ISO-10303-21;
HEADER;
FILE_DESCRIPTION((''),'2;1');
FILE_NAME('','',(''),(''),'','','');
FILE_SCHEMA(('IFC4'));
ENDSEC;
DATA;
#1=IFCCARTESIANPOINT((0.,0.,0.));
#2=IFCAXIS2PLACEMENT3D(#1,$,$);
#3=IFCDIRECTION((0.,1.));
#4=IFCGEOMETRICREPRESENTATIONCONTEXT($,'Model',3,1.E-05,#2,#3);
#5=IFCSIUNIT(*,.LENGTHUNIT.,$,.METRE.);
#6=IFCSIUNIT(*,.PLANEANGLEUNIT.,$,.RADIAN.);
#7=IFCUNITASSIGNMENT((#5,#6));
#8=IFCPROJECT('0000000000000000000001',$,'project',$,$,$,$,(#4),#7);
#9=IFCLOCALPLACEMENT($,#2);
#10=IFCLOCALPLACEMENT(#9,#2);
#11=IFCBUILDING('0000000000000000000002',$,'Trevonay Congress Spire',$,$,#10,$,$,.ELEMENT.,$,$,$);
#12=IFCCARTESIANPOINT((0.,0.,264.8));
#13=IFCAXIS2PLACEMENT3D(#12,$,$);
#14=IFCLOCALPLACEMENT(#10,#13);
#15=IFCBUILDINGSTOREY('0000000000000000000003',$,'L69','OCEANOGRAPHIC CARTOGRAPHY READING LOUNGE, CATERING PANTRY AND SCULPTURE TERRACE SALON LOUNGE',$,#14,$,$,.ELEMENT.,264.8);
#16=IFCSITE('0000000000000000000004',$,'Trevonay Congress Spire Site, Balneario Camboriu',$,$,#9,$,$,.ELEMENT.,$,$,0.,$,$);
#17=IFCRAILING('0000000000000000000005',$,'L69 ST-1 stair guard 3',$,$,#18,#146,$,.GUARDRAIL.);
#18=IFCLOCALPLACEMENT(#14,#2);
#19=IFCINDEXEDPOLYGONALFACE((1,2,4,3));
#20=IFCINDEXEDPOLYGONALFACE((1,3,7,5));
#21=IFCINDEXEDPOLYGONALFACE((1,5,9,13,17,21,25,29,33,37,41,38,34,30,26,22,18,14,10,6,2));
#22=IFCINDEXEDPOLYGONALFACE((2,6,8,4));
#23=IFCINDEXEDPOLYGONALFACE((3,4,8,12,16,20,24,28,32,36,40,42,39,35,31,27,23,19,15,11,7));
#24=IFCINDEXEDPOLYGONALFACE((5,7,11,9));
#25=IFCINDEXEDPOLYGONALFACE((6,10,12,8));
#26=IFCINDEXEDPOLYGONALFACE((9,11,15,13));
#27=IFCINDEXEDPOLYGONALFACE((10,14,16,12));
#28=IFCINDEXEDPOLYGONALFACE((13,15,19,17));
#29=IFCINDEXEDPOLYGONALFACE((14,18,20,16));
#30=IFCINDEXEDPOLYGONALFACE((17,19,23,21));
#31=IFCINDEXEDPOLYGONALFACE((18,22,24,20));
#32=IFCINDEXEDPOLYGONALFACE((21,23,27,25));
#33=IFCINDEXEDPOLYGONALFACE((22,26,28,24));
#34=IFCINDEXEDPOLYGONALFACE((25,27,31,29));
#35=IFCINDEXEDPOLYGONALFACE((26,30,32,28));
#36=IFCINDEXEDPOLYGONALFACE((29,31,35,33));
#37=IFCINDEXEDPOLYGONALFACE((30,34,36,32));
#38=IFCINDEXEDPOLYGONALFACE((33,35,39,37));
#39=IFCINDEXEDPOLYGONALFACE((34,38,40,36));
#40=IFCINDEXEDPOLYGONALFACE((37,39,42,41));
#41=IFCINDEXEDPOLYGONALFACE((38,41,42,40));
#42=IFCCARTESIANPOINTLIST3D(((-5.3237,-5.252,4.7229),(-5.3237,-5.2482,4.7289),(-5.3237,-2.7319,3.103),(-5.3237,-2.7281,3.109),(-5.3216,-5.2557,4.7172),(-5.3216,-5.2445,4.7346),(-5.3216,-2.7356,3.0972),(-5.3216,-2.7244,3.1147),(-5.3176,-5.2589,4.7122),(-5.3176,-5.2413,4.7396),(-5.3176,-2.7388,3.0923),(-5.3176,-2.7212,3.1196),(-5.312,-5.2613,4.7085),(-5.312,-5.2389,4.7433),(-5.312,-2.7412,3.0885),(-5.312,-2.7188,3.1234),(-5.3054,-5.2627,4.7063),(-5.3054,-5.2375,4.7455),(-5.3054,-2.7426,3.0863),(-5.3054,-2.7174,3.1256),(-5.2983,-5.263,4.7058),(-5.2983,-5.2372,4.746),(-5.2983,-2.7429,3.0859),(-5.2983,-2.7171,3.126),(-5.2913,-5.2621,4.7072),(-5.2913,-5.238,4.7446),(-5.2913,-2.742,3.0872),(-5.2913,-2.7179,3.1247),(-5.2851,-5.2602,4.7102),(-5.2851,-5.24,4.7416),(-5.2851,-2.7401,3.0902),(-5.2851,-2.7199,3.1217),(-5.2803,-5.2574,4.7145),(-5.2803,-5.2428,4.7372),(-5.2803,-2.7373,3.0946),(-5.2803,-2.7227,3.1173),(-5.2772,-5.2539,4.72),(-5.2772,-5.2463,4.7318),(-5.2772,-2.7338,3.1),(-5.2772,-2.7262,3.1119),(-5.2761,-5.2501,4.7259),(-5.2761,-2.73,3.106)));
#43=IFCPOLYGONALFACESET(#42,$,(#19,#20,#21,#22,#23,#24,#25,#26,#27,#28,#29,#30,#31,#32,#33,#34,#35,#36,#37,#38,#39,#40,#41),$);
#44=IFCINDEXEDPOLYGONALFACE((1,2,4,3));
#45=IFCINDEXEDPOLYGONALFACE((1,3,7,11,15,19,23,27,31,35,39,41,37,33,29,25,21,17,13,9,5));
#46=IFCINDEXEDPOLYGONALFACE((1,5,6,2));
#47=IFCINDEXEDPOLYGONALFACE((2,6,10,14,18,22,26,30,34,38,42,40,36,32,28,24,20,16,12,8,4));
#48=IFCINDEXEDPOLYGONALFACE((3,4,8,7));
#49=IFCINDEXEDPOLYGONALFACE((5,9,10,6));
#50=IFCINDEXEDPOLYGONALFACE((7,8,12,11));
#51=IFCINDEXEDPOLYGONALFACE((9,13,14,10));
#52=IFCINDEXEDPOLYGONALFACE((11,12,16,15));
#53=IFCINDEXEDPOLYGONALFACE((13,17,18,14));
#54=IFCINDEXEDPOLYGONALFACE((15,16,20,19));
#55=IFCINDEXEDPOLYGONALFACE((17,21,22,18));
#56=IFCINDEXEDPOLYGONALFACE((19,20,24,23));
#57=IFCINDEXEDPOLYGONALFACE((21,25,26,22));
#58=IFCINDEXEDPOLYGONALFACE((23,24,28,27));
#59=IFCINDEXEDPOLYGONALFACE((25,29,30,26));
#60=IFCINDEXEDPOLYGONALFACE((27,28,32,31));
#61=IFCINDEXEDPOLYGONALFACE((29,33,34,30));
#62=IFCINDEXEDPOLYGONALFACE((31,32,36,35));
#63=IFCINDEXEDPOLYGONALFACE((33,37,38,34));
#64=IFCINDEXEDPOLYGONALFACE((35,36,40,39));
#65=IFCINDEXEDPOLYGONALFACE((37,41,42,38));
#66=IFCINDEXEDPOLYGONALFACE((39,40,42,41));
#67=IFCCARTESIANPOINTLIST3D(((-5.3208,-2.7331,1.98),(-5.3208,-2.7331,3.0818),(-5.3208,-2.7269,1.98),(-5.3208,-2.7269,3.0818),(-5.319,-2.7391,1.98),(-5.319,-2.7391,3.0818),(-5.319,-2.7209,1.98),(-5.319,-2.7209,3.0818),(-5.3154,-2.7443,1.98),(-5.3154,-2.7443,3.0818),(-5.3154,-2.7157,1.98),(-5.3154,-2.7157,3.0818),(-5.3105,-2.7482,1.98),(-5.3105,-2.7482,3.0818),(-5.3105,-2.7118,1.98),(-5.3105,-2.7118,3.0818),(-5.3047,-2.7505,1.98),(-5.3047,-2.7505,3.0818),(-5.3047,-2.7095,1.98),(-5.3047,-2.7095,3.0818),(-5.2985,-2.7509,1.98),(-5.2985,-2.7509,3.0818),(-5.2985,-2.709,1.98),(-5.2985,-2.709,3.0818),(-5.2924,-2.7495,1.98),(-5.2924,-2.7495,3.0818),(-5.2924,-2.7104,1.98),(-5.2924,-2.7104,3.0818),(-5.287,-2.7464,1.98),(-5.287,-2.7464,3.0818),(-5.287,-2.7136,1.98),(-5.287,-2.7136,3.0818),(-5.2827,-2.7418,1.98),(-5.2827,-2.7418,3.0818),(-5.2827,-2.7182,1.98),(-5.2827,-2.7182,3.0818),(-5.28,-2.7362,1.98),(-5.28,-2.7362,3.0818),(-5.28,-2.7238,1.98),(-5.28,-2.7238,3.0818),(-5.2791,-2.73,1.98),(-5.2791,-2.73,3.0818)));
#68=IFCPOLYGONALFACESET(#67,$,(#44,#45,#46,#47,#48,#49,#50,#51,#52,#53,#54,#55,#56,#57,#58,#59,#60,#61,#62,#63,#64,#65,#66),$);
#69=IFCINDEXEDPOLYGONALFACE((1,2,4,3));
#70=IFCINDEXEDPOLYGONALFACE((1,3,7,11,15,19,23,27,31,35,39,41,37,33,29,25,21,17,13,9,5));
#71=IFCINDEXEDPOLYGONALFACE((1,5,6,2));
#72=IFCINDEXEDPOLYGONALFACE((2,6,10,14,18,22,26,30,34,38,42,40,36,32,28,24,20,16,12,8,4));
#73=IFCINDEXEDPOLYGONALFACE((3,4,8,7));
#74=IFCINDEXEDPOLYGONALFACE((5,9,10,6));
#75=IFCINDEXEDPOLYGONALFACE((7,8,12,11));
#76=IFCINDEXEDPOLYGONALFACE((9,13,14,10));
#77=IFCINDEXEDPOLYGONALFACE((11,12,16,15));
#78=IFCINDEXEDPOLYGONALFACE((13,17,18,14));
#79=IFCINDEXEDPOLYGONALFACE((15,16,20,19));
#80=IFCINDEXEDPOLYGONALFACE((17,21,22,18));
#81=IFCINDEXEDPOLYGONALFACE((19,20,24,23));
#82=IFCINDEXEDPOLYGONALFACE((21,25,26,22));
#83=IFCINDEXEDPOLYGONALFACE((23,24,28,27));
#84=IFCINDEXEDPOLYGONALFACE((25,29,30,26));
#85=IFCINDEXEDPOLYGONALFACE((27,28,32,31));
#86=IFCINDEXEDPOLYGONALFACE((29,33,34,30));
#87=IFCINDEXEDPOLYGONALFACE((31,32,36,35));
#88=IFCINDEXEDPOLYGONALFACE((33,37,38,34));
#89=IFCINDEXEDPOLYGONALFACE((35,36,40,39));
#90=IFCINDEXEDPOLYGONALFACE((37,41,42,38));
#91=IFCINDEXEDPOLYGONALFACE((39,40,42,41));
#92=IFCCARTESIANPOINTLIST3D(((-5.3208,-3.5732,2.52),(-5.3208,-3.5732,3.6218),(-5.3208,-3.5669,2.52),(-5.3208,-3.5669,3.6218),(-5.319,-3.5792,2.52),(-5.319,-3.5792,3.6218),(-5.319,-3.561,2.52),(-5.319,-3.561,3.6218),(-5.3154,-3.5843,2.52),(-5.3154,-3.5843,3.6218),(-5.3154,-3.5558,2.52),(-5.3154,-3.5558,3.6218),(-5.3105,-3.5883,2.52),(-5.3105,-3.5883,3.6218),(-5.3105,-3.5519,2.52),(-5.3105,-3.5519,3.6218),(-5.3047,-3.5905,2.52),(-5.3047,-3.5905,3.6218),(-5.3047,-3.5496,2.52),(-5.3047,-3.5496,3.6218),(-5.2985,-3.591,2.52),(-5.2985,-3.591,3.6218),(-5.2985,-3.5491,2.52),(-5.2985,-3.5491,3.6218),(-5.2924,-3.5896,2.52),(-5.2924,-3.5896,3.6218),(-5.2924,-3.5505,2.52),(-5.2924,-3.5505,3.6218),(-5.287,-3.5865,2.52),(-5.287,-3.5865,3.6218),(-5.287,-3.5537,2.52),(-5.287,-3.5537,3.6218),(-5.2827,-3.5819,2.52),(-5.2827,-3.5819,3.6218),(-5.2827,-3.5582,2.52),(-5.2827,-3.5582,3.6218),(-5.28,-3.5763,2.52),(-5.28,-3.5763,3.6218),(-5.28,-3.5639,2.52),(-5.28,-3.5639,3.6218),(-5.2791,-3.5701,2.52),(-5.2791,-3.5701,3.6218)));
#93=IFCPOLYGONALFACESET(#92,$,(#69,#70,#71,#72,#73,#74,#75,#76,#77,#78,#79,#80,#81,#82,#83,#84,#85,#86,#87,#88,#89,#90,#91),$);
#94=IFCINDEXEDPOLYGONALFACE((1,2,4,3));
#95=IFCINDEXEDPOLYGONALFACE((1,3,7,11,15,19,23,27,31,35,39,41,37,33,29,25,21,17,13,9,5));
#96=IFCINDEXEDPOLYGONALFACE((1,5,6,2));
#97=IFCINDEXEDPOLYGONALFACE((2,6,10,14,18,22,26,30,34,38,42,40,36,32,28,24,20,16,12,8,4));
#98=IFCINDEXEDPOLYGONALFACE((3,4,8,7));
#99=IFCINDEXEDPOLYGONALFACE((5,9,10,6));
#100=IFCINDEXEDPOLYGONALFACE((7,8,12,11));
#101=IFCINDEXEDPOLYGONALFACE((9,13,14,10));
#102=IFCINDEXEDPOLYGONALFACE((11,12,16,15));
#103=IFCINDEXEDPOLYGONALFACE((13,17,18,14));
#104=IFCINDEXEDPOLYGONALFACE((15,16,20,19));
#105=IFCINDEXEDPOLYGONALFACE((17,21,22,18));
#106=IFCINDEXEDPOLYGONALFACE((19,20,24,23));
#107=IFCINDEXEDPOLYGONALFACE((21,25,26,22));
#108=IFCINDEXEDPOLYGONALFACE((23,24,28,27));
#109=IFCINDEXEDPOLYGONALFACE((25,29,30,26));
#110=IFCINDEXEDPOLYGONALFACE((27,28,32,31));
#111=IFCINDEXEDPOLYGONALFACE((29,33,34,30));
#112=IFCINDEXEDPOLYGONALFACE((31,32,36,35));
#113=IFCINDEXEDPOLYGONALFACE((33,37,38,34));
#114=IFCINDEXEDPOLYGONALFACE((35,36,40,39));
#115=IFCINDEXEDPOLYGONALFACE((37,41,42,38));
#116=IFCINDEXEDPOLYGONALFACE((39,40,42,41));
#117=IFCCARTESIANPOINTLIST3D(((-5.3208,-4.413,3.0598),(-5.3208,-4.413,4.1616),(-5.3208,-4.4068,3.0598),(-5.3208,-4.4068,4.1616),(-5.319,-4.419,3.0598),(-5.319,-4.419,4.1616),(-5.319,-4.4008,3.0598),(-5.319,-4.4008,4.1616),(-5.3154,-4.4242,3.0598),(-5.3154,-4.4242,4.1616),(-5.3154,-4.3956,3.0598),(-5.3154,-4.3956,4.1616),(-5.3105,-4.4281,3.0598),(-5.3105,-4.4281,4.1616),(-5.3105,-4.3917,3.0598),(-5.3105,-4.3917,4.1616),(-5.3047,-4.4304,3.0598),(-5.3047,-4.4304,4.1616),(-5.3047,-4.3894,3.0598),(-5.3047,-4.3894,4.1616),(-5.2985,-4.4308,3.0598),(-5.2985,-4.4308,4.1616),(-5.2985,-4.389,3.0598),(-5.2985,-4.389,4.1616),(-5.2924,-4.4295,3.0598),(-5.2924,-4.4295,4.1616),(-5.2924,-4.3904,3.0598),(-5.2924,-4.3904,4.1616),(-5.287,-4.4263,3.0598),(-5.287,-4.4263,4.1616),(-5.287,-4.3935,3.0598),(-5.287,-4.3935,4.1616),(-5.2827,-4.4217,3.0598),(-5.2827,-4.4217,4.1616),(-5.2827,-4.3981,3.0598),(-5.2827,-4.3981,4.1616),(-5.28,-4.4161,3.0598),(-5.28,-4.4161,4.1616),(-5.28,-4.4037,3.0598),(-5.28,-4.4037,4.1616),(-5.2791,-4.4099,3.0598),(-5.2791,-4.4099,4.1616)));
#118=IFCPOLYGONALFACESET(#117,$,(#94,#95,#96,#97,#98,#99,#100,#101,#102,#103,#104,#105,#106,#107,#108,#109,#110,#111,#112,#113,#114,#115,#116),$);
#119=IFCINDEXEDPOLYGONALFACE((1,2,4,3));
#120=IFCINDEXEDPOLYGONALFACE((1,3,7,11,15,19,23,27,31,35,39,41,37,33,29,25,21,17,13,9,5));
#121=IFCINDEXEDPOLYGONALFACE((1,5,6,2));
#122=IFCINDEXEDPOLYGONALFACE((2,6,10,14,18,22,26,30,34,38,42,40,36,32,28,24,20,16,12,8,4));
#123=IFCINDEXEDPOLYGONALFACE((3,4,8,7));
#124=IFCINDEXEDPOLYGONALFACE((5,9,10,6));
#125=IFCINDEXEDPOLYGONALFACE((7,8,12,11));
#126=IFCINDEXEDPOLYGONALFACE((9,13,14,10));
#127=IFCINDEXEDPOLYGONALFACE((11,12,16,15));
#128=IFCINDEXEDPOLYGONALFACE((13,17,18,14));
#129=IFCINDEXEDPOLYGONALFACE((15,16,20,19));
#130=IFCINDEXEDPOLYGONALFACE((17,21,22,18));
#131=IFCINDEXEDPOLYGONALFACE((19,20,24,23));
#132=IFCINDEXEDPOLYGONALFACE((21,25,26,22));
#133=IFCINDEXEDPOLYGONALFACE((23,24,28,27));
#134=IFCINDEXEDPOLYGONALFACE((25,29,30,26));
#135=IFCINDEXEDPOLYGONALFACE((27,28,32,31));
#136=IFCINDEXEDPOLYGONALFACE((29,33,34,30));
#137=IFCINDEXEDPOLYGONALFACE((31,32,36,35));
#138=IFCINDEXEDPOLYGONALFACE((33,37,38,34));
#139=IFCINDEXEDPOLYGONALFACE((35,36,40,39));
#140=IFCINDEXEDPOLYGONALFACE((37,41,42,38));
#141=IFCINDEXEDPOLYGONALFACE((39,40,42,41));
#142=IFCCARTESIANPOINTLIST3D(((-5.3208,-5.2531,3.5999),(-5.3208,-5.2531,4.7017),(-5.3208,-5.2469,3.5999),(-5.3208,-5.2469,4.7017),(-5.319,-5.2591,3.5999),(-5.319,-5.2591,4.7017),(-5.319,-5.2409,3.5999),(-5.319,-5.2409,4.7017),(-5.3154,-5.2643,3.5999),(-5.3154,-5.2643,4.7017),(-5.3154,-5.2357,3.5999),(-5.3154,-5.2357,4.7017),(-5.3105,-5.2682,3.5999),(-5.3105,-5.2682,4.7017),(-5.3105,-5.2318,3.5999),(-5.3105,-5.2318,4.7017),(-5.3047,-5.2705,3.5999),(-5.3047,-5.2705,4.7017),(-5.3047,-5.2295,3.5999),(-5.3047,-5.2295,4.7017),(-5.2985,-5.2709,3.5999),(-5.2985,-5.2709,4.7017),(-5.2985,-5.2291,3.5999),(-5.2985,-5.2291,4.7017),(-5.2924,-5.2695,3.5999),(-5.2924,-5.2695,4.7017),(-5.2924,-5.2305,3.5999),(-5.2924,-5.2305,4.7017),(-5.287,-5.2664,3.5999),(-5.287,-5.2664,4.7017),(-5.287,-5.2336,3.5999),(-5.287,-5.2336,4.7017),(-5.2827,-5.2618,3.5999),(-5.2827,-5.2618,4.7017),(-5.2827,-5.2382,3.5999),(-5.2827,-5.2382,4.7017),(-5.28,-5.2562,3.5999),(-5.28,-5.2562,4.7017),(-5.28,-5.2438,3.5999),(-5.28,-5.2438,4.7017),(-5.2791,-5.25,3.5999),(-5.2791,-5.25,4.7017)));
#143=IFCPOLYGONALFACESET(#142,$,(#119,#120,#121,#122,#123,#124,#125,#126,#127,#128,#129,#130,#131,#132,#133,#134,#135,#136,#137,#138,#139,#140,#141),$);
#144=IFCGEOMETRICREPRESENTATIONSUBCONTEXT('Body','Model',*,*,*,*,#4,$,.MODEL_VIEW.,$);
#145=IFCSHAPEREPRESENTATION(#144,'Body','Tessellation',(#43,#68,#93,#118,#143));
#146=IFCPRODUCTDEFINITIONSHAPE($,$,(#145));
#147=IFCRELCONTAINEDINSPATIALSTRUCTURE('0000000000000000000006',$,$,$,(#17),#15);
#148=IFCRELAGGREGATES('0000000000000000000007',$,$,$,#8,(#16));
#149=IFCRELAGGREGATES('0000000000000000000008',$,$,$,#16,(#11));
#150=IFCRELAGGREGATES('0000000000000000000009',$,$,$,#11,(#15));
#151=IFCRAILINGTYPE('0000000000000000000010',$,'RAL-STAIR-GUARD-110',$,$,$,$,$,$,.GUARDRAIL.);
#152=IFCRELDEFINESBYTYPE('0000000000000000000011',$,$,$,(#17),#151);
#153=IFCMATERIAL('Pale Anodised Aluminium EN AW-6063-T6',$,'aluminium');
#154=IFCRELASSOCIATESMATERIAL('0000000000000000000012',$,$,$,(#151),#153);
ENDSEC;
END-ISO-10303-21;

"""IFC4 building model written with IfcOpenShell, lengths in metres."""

from ifc_helpers import new_model, si_unit, direction, frame, origin, origin_2d, place, context, subcontext, project, spatial, circle, extrude, material, type_object, element, save


model = new_model("IFC4")

# Units and contexts
model_context = context("Model", 3, precision=1e-05, world=origin(), true_north=direction((0.0, 1.0)))
body_context = subcontext(model_context, "Body", "Model", "MODEL_VIEW")
ifc_project = project(units=[si_unit("LENGTHUNIT", "METRE"), si_unit("PLANEANGLEUNIT", "RADIAN")], contexts=[model_context])

# Site, building, storey
site_placement = place(None, origin())
site = spatial("IfcSite", under=ifc_project, at=site_placement, Name="Trevonay Congress Spire Site, Balneario Camboriu", CompositionType="ELEMENT", RefElevation=0.0)
building_placement = place(site_placement, origin())
building = spatial("IfcBuilding", under=site, at=building_placement, Name="Trevonay Congress Spire", CompositionType="ELEMENT")
storey_placement = place(building_placement, frame((0.0, 0.0, 264.8)))
storey = spatial("IfcBuildingStorey", under=building, at=storey_placement, Name="L69", Description="OCEANOGRAPHIC CARTOGRAPHY READING LOUNGE, CATERING PANTRY AND SCULPTURE TERRACE SALON LOUNGE", CompositionType="ELEMENT", Elevation=264.8)

# Railing
ifc_material_1 = material(Name="Pale Anodised Aluminium EN AW-6063-T6", Category="aluminium")
railing_type_1 = type_object("IfcRailingType", Name="RAL-STAIR-GUARD-110", PredefinedType="GUARDRAIL", material=ifc_material_1)
railing_1_placement = place(storey_placement, frame((-5.3, -2.73, 1.98)))
element("IfcRailing", 1, at=railing_1_placement, inside=storey, type_object=railing_type_1, Name="L69 ST-1 stair guard 3", PredefinedType="GUARDRAIL", context=body_context, shape_type="SweptSolid", body=[
    extrude(circle(Radius=0.0239, at=origin_2d()), frame((0.0, 0.0, 1.126), z_axis=(0.0, -0.8412, 0.540725), x_axis=(1.0, 0.0, 0.0)), (0.0, 0.0, 1.0), 2.9958),
    extrude(circle(Radius=0.021, at=origin_2d()), origin(), (0.0, 0.0, 1.0), 1.1018),
    extrude(circle(Radius=0.021, at=origin_2d()), frame((0.0, -0.8401, 0.54)), (0.0, 0.0, 1.0), 1.1018),
    extrude(circle(Radius=0.021, at=origin_2d()), frame((0.0, -1.6799, 1.0798)), (0.0, 0.0, 1.0), 1.1018),
    extrude(circle(Radius=0.021, at=origin_2d()), frame((0.0, -2.52, 1.6199)), (0.0, 0.0, 1.0), 1.1018),
])

save(model, "model.ifc")
